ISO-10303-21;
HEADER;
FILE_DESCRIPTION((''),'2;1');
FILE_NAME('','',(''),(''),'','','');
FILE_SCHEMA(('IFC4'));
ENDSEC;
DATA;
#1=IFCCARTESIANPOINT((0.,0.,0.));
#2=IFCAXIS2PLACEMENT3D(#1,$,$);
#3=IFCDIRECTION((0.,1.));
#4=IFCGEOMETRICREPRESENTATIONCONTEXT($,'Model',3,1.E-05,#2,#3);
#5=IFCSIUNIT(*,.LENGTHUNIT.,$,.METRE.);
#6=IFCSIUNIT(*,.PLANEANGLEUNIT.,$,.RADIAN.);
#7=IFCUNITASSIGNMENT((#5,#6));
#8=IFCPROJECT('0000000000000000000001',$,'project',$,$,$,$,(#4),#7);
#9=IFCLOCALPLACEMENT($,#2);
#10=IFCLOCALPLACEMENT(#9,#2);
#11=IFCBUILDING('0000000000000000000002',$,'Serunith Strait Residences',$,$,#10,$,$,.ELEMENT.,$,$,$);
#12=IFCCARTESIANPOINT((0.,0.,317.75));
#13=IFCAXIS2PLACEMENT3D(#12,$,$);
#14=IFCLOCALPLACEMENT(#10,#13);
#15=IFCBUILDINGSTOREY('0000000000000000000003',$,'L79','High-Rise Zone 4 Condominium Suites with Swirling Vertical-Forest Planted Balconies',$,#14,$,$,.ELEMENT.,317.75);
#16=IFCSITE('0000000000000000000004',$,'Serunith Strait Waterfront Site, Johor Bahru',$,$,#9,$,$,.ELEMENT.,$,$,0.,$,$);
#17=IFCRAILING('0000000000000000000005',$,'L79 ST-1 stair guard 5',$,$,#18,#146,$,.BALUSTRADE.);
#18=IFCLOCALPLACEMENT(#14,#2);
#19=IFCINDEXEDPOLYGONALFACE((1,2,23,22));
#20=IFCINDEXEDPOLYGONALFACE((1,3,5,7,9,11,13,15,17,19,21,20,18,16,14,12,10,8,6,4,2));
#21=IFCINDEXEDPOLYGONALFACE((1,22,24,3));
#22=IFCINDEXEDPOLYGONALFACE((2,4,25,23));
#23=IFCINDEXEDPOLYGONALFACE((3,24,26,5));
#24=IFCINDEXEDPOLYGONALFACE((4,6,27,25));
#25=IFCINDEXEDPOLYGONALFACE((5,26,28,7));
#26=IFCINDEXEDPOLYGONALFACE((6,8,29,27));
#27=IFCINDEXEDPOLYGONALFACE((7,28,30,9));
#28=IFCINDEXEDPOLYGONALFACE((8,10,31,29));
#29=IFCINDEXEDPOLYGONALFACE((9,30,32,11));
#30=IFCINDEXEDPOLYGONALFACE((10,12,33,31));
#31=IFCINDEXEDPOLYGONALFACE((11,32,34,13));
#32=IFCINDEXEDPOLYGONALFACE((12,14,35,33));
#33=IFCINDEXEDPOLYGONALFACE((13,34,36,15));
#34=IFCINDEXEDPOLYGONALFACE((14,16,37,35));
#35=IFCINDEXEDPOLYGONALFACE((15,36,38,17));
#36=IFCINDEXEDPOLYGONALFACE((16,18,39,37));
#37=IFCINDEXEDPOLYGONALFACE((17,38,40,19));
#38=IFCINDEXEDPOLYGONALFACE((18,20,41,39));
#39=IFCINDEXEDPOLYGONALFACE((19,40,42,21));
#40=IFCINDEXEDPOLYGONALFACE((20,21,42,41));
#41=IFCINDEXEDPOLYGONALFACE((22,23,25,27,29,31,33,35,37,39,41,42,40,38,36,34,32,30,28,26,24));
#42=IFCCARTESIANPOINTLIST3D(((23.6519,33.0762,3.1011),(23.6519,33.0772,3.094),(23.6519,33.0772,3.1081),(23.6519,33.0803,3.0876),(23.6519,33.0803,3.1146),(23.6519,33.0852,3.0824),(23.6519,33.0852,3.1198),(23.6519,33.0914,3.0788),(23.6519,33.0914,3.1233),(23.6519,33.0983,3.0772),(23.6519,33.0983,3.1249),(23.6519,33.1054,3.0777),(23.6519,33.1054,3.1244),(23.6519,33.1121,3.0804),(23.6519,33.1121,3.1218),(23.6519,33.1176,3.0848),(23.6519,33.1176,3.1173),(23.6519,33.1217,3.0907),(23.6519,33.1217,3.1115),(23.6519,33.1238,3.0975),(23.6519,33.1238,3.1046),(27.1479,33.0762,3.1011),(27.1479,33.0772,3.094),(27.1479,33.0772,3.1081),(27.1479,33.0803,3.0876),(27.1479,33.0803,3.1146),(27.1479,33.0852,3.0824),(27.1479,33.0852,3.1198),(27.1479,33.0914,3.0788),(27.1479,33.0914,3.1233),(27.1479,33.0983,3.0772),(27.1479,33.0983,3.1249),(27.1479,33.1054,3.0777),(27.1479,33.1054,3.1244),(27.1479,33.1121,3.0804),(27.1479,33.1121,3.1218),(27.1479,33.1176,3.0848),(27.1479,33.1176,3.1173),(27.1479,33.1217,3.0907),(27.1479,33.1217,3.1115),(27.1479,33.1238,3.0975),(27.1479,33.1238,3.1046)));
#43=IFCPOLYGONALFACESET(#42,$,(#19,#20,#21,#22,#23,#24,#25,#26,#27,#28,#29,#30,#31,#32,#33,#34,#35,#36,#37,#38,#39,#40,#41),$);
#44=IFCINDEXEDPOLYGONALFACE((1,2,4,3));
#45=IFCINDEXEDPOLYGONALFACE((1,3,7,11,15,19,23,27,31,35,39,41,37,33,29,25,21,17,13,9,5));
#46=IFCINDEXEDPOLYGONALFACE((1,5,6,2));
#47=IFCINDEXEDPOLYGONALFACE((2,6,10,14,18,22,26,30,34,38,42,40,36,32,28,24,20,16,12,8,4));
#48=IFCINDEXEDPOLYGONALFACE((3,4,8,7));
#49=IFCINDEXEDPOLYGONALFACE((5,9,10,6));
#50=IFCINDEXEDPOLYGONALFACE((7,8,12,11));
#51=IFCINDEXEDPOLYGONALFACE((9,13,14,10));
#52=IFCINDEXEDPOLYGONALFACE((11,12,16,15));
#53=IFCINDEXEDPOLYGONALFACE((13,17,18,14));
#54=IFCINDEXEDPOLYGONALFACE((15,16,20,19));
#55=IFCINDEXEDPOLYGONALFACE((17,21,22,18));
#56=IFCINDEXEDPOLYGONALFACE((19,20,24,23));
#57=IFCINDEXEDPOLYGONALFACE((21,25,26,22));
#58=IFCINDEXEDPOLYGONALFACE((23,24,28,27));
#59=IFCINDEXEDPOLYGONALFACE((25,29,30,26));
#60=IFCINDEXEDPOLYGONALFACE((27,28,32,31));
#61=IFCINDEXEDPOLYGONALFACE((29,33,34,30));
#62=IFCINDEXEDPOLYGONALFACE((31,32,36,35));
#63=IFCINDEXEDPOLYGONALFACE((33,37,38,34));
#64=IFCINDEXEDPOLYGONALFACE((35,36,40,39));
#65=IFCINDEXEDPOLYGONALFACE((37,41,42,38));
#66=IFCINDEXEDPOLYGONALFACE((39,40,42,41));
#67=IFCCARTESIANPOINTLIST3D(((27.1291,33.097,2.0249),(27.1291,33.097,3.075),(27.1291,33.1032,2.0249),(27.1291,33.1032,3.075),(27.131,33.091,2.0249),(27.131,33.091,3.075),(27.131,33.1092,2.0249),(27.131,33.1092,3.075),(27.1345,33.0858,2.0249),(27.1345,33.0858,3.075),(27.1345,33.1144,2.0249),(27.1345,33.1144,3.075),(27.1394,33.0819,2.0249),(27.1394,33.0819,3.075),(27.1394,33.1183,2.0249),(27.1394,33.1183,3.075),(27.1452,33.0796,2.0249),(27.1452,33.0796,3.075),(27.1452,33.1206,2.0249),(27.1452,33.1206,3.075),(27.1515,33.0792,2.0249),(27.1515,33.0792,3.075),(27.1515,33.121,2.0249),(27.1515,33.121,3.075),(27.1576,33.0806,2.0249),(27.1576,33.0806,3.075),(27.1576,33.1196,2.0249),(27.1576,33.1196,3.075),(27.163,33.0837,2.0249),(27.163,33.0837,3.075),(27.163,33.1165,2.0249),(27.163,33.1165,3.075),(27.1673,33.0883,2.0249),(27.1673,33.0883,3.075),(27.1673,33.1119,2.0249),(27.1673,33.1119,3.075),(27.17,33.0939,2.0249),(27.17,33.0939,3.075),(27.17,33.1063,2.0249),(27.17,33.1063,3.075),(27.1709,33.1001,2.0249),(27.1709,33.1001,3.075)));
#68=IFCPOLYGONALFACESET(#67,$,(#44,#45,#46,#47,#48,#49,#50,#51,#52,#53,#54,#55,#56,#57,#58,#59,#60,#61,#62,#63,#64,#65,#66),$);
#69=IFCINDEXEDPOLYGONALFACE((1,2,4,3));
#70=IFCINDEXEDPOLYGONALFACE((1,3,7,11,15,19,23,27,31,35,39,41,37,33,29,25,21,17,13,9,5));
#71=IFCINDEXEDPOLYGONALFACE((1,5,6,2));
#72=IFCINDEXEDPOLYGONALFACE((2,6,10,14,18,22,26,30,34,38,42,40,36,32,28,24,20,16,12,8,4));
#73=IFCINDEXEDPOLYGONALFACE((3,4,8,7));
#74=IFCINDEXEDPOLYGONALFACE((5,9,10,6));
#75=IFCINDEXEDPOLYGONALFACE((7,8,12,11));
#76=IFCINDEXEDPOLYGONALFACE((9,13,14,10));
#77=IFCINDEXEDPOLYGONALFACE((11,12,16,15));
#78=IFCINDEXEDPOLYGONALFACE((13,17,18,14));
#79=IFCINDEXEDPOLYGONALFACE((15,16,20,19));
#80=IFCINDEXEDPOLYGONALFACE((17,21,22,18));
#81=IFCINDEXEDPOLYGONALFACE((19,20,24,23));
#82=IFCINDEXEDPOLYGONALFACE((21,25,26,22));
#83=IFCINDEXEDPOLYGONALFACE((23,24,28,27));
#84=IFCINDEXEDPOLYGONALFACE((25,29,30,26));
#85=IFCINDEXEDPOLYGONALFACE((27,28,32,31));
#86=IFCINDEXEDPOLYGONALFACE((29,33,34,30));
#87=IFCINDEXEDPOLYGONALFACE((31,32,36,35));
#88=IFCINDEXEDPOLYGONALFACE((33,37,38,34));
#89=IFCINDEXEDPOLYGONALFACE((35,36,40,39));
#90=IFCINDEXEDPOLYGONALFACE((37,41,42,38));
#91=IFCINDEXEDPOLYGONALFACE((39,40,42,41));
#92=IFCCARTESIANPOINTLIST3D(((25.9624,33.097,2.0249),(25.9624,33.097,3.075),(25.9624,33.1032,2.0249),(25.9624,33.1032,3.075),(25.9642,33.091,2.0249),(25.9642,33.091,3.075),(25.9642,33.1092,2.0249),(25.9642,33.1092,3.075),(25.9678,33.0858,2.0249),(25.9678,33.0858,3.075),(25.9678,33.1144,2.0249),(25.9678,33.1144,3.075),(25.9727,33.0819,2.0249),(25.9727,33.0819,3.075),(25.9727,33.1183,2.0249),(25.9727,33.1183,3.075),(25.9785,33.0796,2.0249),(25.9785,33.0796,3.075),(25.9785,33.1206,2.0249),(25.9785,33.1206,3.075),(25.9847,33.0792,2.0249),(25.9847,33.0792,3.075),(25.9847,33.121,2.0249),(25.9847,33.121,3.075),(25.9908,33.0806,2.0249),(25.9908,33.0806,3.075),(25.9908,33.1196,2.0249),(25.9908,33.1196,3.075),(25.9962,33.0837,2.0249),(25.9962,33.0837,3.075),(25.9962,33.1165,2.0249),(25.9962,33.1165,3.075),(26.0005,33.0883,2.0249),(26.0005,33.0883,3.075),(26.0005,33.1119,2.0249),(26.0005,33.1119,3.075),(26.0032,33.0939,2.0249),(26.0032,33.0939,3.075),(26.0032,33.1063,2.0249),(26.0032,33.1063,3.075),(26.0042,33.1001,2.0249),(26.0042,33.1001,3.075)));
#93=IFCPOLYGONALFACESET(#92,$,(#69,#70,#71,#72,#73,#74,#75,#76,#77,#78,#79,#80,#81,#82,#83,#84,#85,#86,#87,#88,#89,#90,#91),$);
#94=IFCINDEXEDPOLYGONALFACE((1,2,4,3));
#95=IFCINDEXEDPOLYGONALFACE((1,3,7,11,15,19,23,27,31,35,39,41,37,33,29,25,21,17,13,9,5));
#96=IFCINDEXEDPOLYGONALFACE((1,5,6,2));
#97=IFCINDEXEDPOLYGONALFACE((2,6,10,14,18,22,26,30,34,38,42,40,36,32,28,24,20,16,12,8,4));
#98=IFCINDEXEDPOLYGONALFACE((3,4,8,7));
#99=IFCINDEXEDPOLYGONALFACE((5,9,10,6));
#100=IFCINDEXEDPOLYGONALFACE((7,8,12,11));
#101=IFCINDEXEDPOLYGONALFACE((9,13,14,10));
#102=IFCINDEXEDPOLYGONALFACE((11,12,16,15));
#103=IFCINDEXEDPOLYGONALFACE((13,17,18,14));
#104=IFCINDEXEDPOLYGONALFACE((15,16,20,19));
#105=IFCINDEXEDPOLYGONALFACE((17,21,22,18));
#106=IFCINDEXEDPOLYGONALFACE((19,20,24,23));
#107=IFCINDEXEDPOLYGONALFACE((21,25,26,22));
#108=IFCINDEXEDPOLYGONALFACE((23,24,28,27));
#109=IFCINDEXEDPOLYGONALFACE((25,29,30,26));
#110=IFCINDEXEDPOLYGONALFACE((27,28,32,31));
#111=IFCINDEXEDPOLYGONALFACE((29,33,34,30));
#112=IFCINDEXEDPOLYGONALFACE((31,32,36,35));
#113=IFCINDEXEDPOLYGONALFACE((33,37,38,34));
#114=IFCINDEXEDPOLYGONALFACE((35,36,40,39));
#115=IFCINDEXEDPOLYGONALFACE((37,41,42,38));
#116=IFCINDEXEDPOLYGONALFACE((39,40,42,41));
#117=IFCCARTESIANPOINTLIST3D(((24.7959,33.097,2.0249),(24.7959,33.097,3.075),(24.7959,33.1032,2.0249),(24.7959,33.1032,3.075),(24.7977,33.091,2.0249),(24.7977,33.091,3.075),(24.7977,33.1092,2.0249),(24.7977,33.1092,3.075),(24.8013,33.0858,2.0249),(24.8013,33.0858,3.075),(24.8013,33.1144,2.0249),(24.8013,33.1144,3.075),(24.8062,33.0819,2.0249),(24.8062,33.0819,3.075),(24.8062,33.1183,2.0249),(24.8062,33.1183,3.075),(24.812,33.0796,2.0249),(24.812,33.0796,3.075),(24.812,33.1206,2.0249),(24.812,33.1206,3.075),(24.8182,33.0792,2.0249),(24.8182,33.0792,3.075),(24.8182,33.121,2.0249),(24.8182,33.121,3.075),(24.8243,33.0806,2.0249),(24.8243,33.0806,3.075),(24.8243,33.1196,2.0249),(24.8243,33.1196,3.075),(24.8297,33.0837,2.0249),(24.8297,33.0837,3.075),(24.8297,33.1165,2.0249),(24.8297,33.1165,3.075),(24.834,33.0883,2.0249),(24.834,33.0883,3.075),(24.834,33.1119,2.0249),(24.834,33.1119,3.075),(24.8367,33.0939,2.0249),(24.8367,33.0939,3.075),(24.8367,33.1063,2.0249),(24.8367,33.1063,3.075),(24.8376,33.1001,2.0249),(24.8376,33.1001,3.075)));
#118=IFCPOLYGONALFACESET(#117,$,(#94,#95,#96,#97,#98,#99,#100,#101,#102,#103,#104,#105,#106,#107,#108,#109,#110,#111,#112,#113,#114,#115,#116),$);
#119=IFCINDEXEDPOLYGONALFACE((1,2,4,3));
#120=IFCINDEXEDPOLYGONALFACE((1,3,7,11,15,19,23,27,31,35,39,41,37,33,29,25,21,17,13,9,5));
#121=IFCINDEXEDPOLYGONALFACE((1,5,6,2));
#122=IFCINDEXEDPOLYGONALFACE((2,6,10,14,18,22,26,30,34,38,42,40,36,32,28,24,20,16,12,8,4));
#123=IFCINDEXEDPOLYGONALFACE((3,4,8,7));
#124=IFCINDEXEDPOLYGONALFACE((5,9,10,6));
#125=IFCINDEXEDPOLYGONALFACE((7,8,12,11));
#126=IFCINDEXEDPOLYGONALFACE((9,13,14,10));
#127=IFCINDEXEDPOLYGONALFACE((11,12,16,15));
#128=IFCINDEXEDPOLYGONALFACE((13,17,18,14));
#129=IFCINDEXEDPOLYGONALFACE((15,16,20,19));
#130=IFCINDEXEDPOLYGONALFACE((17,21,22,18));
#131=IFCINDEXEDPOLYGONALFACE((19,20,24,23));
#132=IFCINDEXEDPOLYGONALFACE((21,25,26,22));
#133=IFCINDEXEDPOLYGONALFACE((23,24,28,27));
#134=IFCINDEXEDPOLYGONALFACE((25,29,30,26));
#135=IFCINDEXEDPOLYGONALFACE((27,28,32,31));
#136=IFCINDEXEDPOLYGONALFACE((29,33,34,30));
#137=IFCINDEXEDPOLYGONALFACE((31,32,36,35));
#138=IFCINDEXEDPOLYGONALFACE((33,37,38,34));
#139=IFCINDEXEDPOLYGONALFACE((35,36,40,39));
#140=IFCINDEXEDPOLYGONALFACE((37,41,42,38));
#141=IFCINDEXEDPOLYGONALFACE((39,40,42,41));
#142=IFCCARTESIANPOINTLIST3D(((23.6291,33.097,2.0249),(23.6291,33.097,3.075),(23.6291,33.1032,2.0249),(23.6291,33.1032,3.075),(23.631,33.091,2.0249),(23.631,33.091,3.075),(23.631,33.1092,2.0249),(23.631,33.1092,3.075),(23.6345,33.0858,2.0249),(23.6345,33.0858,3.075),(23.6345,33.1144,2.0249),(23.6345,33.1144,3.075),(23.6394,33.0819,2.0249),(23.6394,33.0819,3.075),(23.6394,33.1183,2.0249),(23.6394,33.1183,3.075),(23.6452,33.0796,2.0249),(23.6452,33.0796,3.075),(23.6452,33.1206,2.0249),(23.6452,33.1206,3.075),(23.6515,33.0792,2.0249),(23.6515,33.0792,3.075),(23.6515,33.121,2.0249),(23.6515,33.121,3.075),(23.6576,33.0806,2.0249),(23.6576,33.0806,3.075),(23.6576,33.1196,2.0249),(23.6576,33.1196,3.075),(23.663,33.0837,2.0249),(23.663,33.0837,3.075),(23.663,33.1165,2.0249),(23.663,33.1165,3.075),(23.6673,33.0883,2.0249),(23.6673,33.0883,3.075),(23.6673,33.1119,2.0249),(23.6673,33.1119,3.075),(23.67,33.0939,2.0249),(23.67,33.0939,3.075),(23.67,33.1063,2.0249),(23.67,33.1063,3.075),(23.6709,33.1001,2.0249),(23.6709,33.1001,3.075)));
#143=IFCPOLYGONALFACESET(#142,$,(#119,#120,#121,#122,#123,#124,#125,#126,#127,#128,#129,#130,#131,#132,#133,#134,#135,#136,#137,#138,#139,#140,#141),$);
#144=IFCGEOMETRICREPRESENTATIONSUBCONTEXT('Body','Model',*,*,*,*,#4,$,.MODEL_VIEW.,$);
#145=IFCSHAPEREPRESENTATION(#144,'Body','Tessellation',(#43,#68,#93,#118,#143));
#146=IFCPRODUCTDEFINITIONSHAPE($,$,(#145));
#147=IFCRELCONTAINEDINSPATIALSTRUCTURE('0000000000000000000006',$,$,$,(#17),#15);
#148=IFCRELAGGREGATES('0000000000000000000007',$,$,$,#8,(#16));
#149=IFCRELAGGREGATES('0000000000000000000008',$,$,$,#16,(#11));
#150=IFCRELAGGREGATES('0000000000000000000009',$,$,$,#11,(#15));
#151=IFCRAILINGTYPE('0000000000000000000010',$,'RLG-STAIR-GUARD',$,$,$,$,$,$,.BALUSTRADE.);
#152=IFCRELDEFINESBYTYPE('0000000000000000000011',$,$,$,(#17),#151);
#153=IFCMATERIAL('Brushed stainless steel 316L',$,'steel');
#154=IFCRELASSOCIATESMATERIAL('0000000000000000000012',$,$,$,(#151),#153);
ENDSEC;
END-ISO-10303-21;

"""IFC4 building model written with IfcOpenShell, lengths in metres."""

from ifc_helpers import new_model, si_unit, direction, frame, origin, origin_2d, place, context, subcontext, project, spatial, circle, extrude, material, type_object, element, save


model = new_model("IFC4")

# Units and contexts
model_context = context("Model", 3, precision=1e-05, world=origin(), true_north=direction((0.0, 1.0)))
body_context = subcontext(model_context, "Body", "Model", "MODEL_VIEW")
ifc_project = project(units=[si_unit("LENGTHUNIT", "METRE"), si_unit("PLANEANGLEUNIT", "RADIAN")], contexts=[model_context])

# Site, building, storey
site_placement = place(None, origin())
site = spatial("IfcSite", under=ifc_project, at=site_placement, Name="Serunith Strait Waterfront Site, Johor Bahru", CompositionType="ELEMENT", RefElevation=0.0)
building_placement = place(site_placement, origin())
building = spatial("IfcBuilding", under=site, at=building_placement, Name="Serunith Strait Residences", CompositionType="ELEMENT")
storey_placement = place(building_placement, frame((0.0, 0.0, 317.75)))
storey = spatial("IfcBuildingStorey", under=building, at=storey_placement, Name="L79", Description="High-Rise Zone 4 Condominium Suites with Swirling Vertical-Forest Planted Balconies", CompositionType="ELEMENT", Elevation=317.75)

# Railing
ifc_material_1 = material(Name="Brushed stainless steel 316L", Category="steel")
railing_type_1 = type_object("IfcRailingType", Name="RLG-STAIR-GUARD", PredefinedType="BALUSTRADE", material=ifc_material_1)
railing_1_placement = place(storey_placement, frame((27.1499, 33.1001, 2.0249)))
element("IfcRailing", 1, at=railing_1_placement, inside=storey, type_object=railing_type_1, Name="L79 ST-1 stair guard 5", PredefinedType="BALUSTRADE", context=body_context, shape_type="SweptSolid", body=[
    extrude(circle(Radius=0.0239, at=origin_2d()), frame((-0.002, 0.0, 1.0762), z_axis=(-1.0, 0.0, 0.0), x_axis=(0.0, -1.0, 0.0)), (0.0, 0.0, 1.0), 3.4961),
    extrude(circle(Radius=0.021, at=origin_2d()), origin(), (0.0, 0.0, 1.0), 1.05),
    extrude(circle(Radius=0.021, at=origin_2d()), frame((-1.1667, 0.0, 0.0)), (0.0, 0.0, 1.0), 1.05),
    extrude(circle(Radius=0.021, at=origin_2d()), frame((-2.3333, 0.0, 0.0)), (0.0, 0.0, 1.0), 1.05),
    extrude(circle(Radius=0.021, at=origin_2d()), frame((-3.5, 0.0, 0.0)), (0.0, 0.0, 1.0), 1.05),
])

save(model, "model.ifc")
